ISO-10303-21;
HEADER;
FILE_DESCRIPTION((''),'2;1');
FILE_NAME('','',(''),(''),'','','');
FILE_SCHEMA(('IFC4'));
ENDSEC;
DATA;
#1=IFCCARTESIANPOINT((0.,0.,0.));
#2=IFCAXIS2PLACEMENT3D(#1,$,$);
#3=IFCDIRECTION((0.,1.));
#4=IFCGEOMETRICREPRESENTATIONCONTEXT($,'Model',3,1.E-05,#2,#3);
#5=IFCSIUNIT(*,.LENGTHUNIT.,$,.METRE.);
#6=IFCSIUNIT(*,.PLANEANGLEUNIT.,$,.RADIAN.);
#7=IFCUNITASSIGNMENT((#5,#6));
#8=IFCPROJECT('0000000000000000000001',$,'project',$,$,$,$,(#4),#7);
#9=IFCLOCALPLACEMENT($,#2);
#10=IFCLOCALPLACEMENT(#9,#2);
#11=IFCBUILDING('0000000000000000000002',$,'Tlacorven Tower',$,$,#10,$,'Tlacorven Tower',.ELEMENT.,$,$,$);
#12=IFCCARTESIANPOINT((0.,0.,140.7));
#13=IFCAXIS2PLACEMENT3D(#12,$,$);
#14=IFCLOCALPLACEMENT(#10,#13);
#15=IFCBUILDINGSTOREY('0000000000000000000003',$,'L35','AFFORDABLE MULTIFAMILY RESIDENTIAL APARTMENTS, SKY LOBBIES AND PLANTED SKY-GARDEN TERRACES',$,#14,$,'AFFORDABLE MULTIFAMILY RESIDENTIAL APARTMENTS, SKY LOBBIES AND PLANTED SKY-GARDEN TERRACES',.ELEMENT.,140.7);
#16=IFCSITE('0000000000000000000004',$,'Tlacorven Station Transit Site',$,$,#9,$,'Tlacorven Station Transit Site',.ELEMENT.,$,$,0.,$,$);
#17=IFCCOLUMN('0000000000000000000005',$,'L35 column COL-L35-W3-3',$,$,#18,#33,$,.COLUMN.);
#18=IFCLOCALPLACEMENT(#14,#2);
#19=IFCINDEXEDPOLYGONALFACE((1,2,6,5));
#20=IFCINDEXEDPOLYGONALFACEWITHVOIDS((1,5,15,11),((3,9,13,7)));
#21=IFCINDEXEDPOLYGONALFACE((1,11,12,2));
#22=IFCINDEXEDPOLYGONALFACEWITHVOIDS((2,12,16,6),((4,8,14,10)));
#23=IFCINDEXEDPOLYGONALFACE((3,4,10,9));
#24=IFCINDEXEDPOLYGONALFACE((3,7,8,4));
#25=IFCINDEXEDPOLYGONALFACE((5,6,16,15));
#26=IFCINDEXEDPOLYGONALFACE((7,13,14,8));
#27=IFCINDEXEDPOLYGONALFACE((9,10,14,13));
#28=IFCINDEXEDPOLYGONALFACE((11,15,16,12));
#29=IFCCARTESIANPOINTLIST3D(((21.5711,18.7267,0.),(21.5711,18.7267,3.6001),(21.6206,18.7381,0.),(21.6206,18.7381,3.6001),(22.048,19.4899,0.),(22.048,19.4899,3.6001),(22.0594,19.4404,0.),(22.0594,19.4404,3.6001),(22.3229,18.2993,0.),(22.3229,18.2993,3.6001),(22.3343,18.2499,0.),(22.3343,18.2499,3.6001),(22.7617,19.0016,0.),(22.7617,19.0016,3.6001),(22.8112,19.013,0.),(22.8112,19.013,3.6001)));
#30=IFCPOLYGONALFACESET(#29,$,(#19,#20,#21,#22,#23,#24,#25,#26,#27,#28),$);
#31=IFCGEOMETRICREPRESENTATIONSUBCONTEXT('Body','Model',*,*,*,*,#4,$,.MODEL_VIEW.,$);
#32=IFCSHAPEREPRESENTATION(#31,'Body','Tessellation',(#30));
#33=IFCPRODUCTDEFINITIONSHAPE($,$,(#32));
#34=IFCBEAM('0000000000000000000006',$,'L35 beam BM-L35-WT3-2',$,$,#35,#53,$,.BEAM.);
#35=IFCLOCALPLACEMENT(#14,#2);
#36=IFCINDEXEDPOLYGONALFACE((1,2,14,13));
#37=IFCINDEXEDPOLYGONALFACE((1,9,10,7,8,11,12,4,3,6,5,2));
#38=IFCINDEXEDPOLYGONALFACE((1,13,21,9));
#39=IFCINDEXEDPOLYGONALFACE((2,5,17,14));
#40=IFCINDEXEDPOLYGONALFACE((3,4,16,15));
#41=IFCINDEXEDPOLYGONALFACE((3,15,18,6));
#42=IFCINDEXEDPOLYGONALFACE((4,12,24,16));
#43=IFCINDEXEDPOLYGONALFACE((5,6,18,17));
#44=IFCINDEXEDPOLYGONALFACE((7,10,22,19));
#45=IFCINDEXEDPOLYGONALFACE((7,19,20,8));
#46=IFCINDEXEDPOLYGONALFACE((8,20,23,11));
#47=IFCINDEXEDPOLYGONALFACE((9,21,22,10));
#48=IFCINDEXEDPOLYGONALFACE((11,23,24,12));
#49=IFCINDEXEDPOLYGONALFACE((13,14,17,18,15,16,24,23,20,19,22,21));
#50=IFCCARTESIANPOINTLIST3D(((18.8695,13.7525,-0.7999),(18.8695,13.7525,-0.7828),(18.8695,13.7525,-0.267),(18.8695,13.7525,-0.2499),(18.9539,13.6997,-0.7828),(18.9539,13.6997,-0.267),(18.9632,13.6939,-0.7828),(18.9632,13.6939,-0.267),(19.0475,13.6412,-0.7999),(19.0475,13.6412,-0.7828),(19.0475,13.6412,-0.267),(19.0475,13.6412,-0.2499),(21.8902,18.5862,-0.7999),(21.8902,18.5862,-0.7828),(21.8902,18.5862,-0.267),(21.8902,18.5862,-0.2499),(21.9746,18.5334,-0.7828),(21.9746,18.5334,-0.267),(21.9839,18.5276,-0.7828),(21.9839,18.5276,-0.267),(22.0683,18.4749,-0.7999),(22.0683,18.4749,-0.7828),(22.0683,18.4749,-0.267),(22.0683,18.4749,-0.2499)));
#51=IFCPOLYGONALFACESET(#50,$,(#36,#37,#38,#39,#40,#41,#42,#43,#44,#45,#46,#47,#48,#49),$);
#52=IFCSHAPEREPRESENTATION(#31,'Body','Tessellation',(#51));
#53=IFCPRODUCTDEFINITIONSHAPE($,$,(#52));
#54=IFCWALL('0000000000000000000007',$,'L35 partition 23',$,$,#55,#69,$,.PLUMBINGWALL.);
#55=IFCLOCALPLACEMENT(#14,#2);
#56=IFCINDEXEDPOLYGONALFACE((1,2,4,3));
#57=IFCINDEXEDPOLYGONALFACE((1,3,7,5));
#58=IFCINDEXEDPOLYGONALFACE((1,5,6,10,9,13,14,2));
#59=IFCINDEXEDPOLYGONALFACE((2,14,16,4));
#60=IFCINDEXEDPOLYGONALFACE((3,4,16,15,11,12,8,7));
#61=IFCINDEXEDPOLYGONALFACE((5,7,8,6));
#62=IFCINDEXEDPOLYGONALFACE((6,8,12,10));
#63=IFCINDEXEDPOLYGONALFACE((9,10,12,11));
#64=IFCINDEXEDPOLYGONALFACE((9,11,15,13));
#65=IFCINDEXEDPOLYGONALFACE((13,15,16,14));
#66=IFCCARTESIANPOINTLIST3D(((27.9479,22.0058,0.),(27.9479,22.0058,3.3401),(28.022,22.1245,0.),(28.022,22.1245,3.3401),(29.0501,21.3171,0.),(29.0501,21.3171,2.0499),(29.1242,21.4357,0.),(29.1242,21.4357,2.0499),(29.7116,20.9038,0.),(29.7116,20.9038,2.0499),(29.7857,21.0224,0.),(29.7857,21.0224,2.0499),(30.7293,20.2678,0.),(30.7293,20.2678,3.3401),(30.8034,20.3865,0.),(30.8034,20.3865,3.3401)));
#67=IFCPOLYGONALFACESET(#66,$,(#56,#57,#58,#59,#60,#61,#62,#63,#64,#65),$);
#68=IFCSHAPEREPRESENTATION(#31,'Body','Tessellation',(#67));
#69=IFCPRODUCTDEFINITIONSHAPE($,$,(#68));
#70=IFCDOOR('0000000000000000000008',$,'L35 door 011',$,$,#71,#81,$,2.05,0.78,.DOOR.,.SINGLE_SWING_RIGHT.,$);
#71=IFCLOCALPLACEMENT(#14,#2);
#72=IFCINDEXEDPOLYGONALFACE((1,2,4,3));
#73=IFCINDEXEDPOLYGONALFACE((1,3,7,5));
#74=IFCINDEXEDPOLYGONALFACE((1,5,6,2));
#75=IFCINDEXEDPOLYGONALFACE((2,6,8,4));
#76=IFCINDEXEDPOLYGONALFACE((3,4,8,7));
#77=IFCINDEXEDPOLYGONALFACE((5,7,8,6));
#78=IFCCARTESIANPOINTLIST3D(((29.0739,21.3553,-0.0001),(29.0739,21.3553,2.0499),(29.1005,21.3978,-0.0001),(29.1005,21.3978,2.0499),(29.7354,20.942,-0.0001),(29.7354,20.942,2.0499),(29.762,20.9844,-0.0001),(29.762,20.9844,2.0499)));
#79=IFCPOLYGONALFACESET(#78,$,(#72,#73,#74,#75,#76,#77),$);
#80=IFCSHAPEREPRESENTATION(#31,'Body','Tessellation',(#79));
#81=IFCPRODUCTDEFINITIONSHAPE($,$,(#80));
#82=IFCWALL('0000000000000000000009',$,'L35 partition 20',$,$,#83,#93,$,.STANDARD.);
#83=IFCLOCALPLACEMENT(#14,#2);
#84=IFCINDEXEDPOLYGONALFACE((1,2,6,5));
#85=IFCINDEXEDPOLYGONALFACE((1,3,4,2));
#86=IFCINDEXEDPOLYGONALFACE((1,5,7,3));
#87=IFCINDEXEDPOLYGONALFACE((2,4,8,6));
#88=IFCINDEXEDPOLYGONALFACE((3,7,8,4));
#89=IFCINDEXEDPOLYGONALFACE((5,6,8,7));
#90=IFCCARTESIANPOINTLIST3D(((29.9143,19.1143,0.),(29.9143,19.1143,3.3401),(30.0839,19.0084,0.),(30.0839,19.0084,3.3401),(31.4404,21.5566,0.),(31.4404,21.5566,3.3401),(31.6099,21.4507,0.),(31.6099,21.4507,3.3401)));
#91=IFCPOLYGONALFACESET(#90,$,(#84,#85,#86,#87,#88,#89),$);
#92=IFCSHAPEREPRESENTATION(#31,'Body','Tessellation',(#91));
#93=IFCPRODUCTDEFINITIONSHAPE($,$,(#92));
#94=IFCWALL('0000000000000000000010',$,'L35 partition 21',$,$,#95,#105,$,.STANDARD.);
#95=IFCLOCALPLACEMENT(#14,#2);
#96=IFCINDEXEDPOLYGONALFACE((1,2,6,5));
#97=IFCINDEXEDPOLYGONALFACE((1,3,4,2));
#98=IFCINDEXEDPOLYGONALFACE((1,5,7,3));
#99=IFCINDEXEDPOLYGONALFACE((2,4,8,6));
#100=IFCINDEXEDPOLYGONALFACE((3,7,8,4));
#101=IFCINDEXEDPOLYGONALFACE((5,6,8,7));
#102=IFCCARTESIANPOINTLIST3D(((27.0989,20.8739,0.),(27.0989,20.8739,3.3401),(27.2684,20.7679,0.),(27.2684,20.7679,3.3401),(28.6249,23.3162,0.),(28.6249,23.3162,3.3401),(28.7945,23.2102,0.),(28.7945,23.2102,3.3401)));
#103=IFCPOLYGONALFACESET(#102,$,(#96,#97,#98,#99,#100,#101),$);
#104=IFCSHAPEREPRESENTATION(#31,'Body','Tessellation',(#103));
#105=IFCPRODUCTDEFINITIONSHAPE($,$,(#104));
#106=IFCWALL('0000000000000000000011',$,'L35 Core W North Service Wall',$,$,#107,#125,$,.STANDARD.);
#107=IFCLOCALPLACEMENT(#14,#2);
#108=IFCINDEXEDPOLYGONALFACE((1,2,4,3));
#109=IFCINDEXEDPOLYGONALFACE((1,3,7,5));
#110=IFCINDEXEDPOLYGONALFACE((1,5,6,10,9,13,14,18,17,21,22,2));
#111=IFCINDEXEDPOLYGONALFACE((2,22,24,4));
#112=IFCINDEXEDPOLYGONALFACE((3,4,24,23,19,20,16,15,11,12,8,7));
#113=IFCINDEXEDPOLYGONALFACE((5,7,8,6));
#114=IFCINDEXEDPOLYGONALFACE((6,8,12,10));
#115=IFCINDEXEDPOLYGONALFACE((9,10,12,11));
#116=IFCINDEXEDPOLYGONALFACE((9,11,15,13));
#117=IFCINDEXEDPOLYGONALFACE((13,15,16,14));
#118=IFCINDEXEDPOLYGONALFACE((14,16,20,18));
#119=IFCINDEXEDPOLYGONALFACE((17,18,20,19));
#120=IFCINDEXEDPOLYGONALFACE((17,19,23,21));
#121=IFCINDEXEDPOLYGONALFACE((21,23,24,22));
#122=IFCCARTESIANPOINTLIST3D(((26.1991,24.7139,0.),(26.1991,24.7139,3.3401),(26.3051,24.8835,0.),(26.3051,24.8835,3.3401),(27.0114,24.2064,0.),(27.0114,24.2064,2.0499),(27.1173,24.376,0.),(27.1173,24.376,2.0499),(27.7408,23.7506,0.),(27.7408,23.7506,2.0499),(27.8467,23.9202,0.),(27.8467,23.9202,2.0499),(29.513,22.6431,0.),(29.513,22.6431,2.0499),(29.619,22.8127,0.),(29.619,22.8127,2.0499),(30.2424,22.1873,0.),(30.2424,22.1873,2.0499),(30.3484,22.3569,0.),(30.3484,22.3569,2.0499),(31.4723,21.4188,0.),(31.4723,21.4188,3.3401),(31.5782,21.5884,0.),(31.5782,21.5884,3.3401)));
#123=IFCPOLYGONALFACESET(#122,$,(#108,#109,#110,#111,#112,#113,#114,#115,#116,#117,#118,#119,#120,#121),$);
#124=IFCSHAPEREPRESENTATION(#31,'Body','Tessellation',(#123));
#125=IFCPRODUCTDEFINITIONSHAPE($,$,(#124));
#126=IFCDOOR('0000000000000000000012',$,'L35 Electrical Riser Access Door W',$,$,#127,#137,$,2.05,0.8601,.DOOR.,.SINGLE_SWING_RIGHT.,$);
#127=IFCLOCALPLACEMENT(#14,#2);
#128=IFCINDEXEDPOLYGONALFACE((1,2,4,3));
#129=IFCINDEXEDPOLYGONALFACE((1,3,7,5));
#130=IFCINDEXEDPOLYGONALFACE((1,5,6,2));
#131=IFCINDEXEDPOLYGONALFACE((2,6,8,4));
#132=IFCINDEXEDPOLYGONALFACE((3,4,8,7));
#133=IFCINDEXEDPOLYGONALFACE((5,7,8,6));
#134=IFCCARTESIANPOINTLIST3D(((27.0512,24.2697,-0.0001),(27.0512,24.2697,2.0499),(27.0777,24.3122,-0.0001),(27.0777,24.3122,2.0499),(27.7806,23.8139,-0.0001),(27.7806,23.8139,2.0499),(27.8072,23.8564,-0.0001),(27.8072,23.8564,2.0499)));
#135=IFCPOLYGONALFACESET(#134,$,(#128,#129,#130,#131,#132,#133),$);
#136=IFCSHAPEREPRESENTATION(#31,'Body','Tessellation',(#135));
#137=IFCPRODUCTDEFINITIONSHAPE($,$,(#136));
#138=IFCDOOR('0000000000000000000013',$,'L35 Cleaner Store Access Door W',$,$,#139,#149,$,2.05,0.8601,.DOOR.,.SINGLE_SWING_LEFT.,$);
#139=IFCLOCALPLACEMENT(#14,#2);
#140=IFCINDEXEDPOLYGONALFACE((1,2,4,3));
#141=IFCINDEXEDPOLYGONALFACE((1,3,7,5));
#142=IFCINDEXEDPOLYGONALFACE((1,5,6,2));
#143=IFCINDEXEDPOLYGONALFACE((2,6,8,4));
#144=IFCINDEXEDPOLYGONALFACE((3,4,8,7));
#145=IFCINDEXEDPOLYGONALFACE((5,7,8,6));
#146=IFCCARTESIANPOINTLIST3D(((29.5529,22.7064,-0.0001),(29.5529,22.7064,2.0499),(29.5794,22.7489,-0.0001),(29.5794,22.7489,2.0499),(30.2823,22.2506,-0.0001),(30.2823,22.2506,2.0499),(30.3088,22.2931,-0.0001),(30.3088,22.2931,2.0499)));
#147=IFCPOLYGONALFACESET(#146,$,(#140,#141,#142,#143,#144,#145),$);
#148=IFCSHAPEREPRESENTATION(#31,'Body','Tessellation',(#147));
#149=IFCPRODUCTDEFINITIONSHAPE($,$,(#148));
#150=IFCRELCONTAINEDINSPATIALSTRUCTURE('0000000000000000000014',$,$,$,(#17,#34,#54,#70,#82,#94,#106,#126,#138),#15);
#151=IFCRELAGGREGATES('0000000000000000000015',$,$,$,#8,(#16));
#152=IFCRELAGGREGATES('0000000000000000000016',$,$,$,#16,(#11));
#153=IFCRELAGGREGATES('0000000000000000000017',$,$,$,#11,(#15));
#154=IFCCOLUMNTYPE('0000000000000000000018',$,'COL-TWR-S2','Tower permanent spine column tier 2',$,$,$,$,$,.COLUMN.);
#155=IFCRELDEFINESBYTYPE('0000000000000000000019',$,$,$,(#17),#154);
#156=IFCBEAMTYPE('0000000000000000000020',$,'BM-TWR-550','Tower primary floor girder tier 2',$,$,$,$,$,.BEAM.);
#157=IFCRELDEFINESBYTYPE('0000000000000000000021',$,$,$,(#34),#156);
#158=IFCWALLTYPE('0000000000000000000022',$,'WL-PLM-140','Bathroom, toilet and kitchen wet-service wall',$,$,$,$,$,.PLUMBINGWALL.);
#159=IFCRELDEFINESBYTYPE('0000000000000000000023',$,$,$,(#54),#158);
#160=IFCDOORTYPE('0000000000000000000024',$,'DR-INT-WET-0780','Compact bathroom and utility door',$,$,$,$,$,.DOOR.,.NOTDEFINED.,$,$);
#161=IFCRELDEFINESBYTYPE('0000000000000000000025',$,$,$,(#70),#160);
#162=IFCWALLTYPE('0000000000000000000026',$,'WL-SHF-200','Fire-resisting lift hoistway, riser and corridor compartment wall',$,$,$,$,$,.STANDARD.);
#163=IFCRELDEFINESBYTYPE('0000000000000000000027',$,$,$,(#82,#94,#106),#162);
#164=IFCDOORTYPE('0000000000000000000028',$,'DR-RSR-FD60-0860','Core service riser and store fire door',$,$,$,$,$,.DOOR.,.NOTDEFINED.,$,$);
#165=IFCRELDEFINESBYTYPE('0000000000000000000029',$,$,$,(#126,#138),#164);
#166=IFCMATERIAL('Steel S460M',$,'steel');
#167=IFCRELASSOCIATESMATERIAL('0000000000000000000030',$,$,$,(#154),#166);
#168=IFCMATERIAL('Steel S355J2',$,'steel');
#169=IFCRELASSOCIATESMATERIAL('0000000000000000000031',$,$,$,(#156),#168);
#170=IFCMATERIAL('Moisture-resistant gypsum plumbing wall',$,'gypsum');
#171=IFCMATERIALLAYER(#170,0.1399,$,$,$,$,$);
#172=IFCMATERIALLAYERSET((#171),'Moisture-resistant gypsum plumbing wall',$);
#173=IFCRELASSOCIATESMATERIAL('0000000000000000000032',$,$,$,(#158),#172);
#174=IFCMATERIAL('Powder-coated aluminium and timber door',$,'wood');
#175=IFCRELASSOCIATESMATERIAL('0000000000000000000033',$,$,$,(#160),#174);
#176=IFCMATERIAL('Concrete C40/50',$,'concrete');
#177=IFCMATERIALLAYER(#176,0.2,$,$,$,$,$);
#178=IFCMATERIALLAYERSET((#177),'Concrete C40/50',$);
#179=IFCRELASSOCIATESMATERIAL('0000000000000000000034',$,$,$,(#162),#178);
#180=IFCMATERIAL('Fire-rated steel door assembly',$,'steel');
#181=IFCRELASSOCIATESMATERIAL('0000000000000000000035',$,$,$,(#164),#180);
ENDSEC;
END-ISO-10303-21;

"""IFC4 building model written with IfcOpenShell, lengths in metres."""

from ifc_helpers import new_model, si_unit, direction, frame, frame_2d, origin, origin_2d, place, context, subcontext, project, spatial, rectangle, hollow_rectangle, i_section, extrude, source, transform, mapped, material, layer, layer_set, material_profile, profile_set, type_object, element, fill, save


model = new_model("IFC4")

# Units and contexts
model_context = context("Model", 3, precision=1e-05, world=origin(), true_north=direction((0.0, 1.0)))
body_context = subcontext(model_context, "Body", "Model", "MODEL_VIEW")
ifc_project = project(units=[si_unit("LENGTHUNIT", "METRE"), si_unit("PLANEANGLEUNIT", "RADIAN")], contexts=[model_context])

# Site, building, storey
site_placement = place(None, origin())
site = spatial("IfcSite", under=ifc_project, at=site_placement, Name="Tlacorven Station Transit Site", LongName="Tlacorven Station Transit Site", CompositionType="ELEMENT", RefElevation=0.0)
building_placement = place(site_placement, origin())
building = spatial("IfcBuilding", under=site, at=building_placement, Name="Tlacorven Tower", LongName="Tlacorven Tower", CompositionType="ELEMENT")
storey_placement = place(building_placement, frame((0.0, 0.0, 140.7)))
storey = spatial("IfcBuildingStorey", under=building, at=storey_placement, Name="L35", Description="AFFORDABLE MULTIFAMILY RESIDENTIAL APARTMENTS, SKY LOBBIES AND PLANTED SKY-GARDEN TERRACES", LongName="AFFORDABLE MULTIFAMILY RESIDENTIAL APARTMENTS, SKY LOBBIES AND PLANTED SKY-GARDEN TERRACES", CompositionType="ELEMENT", Elevation=140.7)

# Column
ifc_material_1 = material(Name="Steel S460M", Category="steel")
ifc_material_profile_1 = material_profile(ifc_material_1, hollow_rectangle(XDim=0.8999, YDim=0.8999, WallThickness=0.0359, at=origin_2d()), Name="BOX 900X900X36")
ifc_profile_set_1 = profile_set([ifc_material_profile_1], Name="Steel S460M")
column_type = type_object("IfcColumnType", Name="COL-TWR-S2", Description="Tower permanent spine column tier 2", PredefinedType="COLUMN", material=ifc_profile_set_1)
shared_shape_1 = source(origin(), body_context, "Body", "SweptSolid", [
    extrude(hollow_rectangle(XDim=0.8999, YDim=0.8999, WallThickness=0.0359, at=origin_2d()), origin(), (0.0, 0.0, 1.0), 3.6001),
])
column_placement = place(storey_placement, frame((22.1912, 18.8699, 0.0), z_axis=(0.0, 0.0, 1.0), x_axis=(-0.848048, 0.529919, 0.0)))
element("IfcColumn", 1, at=column_placement, inside=storey, type_object=column_type, Name="L35 column COL-L35-W3-3", PredefinedType="COLUMN", context=body_context, shape_type="MappedRepresentation", body=[
    mapped(shared_shape_1, transform((0.0, 0.0, 0.0), scale=1.0)),
])

# Beam
ifc_material_2 = material(Name="Steel S355J2", Category="steel")
ifc_material_profile_2 = material_profile(ifc_material_2, i_section(OverallWidth=0.21, OverallDepth=0.55, WebThickness=0.011, FlangeThickness=0.0171, at=origin_2d()), Name="IPE 550")
ifc_profile_set_2 = profile_set([ifc_material_profile_2], Name="Steel S355J2")
beam_type = type_object("IfcBeamType", Name="BM-TWR-550", Description="Tower primary floor girder tier 2", PredefinedType="BEAM", material=ifc_profile_set_2)
shared_shape_2 = source(origin(), body_context, "Body", "SweptSolid", [
    extrude(i_section(OverallWidth=0.21, OverallDepth=0.55, WebThickness=0.011, FlangeThickness=0.0171, at=origin_2d()), origin(), (0.0, 0.0, 1.0), 5.7),
])
beam_placement = place(storey_placement, frame((21.9792, 18.5305, -0.5249), z_axis=(-0.529957, -0.848025, 0.0), x_axis=(0.848025, -0.529957, 0.0)))
element("IfcBeam", 2, at=beam_placement, inside=storey, type_object=beam_type, Name="L35 beam BM-L35-WT3-2", PredefinedType="BEAM", context=body_context, shape_type="MappedRepresentation", body=[
    mapped(shared_shape_2, transform((0.0, 0.0, 0.0), scale=1.0)),
])

# Wall, opening, door
ifc_material_3 = material(Name="Moisture-resistant gypsum plumbing wall", Category="gypsum")
ifc_layer_1 = layer(ifc_material_3, 0.1399)
ifc_layer_set_1 = layer_set([ifc_layer_1], Name="Moisture-resistant gypsum plumbing wall")
wall_type_1 = type_object("IfcWallType", Name="WL-PLM-140", Description="Bathroom, toilet and kitchen wet-service wall", PredefinedType="PLUMBINGWALL", material=ifc_layer_set_1)
wall_1_placement = place(storey_placement, frame((30.7664, 20.3271, 0.0), z_axis=(0.0, 0.0, 1.0), x_axis=(-0.848053, 0.529912, 0.0)))
wall_1 = element("IfcWall", 3, at=wall_1_placement, inside=storey, type_object=wall_type_1, Name="L35 partition 23", PredefinedType="PLUMBINGWALL", context=body_context, shape_type="SweptSolid", body=[
    extrude(rectangle(XDim=3.2798, YDim=0.1399, at=frame_2d((1.6399, 0.0))), origin(), (0.0, 0.0, 1.0), 3.3401),
])
opening_1_placement = place(wall_1_placement, frame((1.2, 0.0, 0.0)))
opening_1 = element("IfcOpeningElement", 4, at=opening_1_placement, cuts=wall_1, PredefinedType="OPENING", context=body_context, shape_type="SweptSolid", body=[
    extrude(rectangle(XDim=0.78, YDim=2.05, at=frame_2d((0.3901, 1.0249))), frame((0.0, 0.0801, 0.0), z_axis=(0.0, -1.0, 0.0), x_axis=(1.0, 0.0, 0.0)), (0.0, 0.0, 1.0), 0.1599),
])
ifc_material_4 = material(Name="Powder-coated aluminium and timber door", Category="wood")
door_type_1 = type_object("IfcDoorType", Name="DR-INT-WET-0780", Description="Compact bathroom and utility door", OperationType="NOTDEFINED", PredefinedType="DOOR", material=ifc_material_4)
shared_shape_3 = source(origin(), body_context, "Body", "SweptSolid", [
    extrude(rectangle(XDim=0.78, YDim=2.05, at=frame_2d((0.3901, 1.0249))), frame((0.0, 0.0249, 0.0), z_axis=(0.0, -1.0, 0.0), x_axis=(1.0, 0.0, 0.0)), (0.0, 0.0, 1.0), 0.05),
])
door_1_placement = place(opening_1_placement, origin())
door_1 = element("IfcDoor", 5, at=door_1_placement, inside=storey, type_object=door_type_1, Name="L35 door 011", OperationType="SINGLE_SWING_RIGHT", OverallHeight=2.05, OverallWidth=0.78, PredefinedType="DOOR", context=body_context, shape_type="MappedRepresentation", body=[
    mapped(shared_shape_3, transform((0.0, 0.0, 0.0), scale=1.0)),
])
fill(opening_1, door_1)

# Shared definitions
ifc_material_5 = material(Name="Concrete C40/50", Category="concrete")
ifc_layer_2 = layer(ifc_material_5, 0.2)
ifc_layer_set_2 = layer_set([ifc_layer_2], Name="Concrete C40/50")
wall_type_2 = type_object("IfcWallType", Name="WL-SHF-200", Description="Fire-resisting lift hoistway, riser and corridor compartment wall", PredefinedType="STANDARD", material=ifc_layer_set_2)
ifc_material_6 = material(Name="Fire-rated steel door assembly", Category="steel")

# Walls
for number, where, z_axis, x_axis, name in (
    (6, (31.5251, 21.5037, 0.0), (0.0, 0.0, 1.0), (-0.529907, -0.848055, 0.0), "L35 partition 20"),
    (7, (28.7097, 23.2632, 0.0), (0.0, 0.0, 1.0), (-0.529907, -0.848055, 0.0), "L35 partition 21"),
):
    element("IfcWall", number, at=place(storey_placement, frame(where, z_axis=z_axis, x_axis=x_axis)), inside=storey, type_object=wall_type_2, Name=name, PredefinedType="STANDARD", context=body_context, shape_type="SweptSolid", body=[
        extrude(rectangle(XDim=2.8799, YDim=0.2, at=frame_2d((1.4399, 0.0))), origin(), (0.0, 0.0, 1.0), 3.3401),
    ])

# Wall, openings, doors
wall_2_placement = place(storey_placement, frame((31.5251, 21.5037, 0.0), z_axis=(0.0, 0.0, 1.0), x_axis=(-0.84804, 0.529932, 0.0)))
wall_2 = element("IfcWall", 8, at=wall_2_placement, inside=storey, type_object=wall_type_2, Name="L35 Core W North Service Wall", PredefinedType="STANDARD", context=body_context, shape_type="SweptSolid", body=[
    extrude(rectangle(XDim=6.218, YDim=0.2, at=frame_2d((3.1089, 0.0))), origin(), (0.0, 0.0, 1.0), 3.3401),
])
opening_2_placement = place(wall_2_placement, frame((4.3999, 0.0, 0.0)))
opening_2 = element("IfcOpeningElement", 9, at=opening_2_placement, cuts=wall_2, PredefinedType="OPENING", context=body_context, shape_type="SweptSolid", body=[
    extrude(rectangle(XDim=0.8601, YDim=2.05, at=frame_2d((0.4302, 1.0249))), frame((0.0, 0.1099, 0.0), z_axis=(0.0, -1.0, 0.0), x_axis=(1.0, 0.0, 0.0)), (0.0, 0.0, 1.0), 0.22),
])
opening_3_placement = place(wall_2_placement, frame((1.45, 0.0, 0.0)))
opening_3 = element("IfcOpeningElement", 10, at=opening_3_placement, cuts=wall_2, PredefinedType="OPENING", context=body_context, shape_type="SweptSolid", body=[
    extrude(rectangle(XDim=0.8601, YDim=2.05, at=frame_2d((0.4302, 1.0249))), frame((0.0, 0.1099, 0.0), z_axis=(0.0, -1.0, 0.0), x_axis=(1.0, 0.0, 0.0)), (0.0, 0.0, 1.0), 0.22),
])
door_type_2 = type_object("IfcDoorType", Name="DR-RSR-FD60-0860", Description="Core service riser and store fire door", OperationType="NOTDEFINED", PredefinedType="DOOR", material=ifc_material_6)
shared_shape_4 = source(origin(), body_context, "Body", "SweptSolid", [
    extrude(rectangle(XDim=0.8601, YDim=2.05, at=frame_2d((0.4302, 1.0249))), frame((0.0, 0.0249, 0.0), z_axis=(0.0, -1.0, 0.0), x_axis=(1.0, 0.0, 0.0)), (0.0, 0.0, 1.0), 0.05),
])
door_2_placement = place(opening_2_placement, frame((0.8601, 0.0, 0.0), z_axis=(0.0, 0.0, 1.0), x_axis=(-1.0, 0.0, 0.0)))
door_2 = element("IfcDoor", 11, at=door_2_placement, inside=storey, type_object=door_type_2, Name="L35 Electrical Riser Access Door W", OperationType="SINGLE_SWING_RIGHT", OverallHeight=2.05, OverallWidth=0.8601, PredefinedType="DOOR", context=body_context, shape_type="MappedRepresentation", body=[
    mapped(shared_shape_4, transform((0.0, 0.0, 0.0), scale=1.0)),
])
fill(opening_2, door_2)
door_3_placement = place(opening_3_placement, frame((0.8601, 0.0, 0.0), z_axis=(0.0, 0.0, 1.0), x_axis=(-1.0, 0.0, 0.0)))
door_3 = element("IfcDoor", 12, at=door_3_placement, inside=storey, type_object=door_type_2, Name="L35 Cleaner Store Access Door W", OperationType="SINGLE_SWING_LEFT", OverallHeight=2.05, OverallWidth=0.8601, PredefinedType="DOOR", context=body_context, shape_type="MappedRepresentation", body=[
    mapped(shared_shape_4, transform((0.0, 0.0, 0.0), scale=1.0)),
])
fill(opening_3, door_3)

save(model, "model.ifc")
